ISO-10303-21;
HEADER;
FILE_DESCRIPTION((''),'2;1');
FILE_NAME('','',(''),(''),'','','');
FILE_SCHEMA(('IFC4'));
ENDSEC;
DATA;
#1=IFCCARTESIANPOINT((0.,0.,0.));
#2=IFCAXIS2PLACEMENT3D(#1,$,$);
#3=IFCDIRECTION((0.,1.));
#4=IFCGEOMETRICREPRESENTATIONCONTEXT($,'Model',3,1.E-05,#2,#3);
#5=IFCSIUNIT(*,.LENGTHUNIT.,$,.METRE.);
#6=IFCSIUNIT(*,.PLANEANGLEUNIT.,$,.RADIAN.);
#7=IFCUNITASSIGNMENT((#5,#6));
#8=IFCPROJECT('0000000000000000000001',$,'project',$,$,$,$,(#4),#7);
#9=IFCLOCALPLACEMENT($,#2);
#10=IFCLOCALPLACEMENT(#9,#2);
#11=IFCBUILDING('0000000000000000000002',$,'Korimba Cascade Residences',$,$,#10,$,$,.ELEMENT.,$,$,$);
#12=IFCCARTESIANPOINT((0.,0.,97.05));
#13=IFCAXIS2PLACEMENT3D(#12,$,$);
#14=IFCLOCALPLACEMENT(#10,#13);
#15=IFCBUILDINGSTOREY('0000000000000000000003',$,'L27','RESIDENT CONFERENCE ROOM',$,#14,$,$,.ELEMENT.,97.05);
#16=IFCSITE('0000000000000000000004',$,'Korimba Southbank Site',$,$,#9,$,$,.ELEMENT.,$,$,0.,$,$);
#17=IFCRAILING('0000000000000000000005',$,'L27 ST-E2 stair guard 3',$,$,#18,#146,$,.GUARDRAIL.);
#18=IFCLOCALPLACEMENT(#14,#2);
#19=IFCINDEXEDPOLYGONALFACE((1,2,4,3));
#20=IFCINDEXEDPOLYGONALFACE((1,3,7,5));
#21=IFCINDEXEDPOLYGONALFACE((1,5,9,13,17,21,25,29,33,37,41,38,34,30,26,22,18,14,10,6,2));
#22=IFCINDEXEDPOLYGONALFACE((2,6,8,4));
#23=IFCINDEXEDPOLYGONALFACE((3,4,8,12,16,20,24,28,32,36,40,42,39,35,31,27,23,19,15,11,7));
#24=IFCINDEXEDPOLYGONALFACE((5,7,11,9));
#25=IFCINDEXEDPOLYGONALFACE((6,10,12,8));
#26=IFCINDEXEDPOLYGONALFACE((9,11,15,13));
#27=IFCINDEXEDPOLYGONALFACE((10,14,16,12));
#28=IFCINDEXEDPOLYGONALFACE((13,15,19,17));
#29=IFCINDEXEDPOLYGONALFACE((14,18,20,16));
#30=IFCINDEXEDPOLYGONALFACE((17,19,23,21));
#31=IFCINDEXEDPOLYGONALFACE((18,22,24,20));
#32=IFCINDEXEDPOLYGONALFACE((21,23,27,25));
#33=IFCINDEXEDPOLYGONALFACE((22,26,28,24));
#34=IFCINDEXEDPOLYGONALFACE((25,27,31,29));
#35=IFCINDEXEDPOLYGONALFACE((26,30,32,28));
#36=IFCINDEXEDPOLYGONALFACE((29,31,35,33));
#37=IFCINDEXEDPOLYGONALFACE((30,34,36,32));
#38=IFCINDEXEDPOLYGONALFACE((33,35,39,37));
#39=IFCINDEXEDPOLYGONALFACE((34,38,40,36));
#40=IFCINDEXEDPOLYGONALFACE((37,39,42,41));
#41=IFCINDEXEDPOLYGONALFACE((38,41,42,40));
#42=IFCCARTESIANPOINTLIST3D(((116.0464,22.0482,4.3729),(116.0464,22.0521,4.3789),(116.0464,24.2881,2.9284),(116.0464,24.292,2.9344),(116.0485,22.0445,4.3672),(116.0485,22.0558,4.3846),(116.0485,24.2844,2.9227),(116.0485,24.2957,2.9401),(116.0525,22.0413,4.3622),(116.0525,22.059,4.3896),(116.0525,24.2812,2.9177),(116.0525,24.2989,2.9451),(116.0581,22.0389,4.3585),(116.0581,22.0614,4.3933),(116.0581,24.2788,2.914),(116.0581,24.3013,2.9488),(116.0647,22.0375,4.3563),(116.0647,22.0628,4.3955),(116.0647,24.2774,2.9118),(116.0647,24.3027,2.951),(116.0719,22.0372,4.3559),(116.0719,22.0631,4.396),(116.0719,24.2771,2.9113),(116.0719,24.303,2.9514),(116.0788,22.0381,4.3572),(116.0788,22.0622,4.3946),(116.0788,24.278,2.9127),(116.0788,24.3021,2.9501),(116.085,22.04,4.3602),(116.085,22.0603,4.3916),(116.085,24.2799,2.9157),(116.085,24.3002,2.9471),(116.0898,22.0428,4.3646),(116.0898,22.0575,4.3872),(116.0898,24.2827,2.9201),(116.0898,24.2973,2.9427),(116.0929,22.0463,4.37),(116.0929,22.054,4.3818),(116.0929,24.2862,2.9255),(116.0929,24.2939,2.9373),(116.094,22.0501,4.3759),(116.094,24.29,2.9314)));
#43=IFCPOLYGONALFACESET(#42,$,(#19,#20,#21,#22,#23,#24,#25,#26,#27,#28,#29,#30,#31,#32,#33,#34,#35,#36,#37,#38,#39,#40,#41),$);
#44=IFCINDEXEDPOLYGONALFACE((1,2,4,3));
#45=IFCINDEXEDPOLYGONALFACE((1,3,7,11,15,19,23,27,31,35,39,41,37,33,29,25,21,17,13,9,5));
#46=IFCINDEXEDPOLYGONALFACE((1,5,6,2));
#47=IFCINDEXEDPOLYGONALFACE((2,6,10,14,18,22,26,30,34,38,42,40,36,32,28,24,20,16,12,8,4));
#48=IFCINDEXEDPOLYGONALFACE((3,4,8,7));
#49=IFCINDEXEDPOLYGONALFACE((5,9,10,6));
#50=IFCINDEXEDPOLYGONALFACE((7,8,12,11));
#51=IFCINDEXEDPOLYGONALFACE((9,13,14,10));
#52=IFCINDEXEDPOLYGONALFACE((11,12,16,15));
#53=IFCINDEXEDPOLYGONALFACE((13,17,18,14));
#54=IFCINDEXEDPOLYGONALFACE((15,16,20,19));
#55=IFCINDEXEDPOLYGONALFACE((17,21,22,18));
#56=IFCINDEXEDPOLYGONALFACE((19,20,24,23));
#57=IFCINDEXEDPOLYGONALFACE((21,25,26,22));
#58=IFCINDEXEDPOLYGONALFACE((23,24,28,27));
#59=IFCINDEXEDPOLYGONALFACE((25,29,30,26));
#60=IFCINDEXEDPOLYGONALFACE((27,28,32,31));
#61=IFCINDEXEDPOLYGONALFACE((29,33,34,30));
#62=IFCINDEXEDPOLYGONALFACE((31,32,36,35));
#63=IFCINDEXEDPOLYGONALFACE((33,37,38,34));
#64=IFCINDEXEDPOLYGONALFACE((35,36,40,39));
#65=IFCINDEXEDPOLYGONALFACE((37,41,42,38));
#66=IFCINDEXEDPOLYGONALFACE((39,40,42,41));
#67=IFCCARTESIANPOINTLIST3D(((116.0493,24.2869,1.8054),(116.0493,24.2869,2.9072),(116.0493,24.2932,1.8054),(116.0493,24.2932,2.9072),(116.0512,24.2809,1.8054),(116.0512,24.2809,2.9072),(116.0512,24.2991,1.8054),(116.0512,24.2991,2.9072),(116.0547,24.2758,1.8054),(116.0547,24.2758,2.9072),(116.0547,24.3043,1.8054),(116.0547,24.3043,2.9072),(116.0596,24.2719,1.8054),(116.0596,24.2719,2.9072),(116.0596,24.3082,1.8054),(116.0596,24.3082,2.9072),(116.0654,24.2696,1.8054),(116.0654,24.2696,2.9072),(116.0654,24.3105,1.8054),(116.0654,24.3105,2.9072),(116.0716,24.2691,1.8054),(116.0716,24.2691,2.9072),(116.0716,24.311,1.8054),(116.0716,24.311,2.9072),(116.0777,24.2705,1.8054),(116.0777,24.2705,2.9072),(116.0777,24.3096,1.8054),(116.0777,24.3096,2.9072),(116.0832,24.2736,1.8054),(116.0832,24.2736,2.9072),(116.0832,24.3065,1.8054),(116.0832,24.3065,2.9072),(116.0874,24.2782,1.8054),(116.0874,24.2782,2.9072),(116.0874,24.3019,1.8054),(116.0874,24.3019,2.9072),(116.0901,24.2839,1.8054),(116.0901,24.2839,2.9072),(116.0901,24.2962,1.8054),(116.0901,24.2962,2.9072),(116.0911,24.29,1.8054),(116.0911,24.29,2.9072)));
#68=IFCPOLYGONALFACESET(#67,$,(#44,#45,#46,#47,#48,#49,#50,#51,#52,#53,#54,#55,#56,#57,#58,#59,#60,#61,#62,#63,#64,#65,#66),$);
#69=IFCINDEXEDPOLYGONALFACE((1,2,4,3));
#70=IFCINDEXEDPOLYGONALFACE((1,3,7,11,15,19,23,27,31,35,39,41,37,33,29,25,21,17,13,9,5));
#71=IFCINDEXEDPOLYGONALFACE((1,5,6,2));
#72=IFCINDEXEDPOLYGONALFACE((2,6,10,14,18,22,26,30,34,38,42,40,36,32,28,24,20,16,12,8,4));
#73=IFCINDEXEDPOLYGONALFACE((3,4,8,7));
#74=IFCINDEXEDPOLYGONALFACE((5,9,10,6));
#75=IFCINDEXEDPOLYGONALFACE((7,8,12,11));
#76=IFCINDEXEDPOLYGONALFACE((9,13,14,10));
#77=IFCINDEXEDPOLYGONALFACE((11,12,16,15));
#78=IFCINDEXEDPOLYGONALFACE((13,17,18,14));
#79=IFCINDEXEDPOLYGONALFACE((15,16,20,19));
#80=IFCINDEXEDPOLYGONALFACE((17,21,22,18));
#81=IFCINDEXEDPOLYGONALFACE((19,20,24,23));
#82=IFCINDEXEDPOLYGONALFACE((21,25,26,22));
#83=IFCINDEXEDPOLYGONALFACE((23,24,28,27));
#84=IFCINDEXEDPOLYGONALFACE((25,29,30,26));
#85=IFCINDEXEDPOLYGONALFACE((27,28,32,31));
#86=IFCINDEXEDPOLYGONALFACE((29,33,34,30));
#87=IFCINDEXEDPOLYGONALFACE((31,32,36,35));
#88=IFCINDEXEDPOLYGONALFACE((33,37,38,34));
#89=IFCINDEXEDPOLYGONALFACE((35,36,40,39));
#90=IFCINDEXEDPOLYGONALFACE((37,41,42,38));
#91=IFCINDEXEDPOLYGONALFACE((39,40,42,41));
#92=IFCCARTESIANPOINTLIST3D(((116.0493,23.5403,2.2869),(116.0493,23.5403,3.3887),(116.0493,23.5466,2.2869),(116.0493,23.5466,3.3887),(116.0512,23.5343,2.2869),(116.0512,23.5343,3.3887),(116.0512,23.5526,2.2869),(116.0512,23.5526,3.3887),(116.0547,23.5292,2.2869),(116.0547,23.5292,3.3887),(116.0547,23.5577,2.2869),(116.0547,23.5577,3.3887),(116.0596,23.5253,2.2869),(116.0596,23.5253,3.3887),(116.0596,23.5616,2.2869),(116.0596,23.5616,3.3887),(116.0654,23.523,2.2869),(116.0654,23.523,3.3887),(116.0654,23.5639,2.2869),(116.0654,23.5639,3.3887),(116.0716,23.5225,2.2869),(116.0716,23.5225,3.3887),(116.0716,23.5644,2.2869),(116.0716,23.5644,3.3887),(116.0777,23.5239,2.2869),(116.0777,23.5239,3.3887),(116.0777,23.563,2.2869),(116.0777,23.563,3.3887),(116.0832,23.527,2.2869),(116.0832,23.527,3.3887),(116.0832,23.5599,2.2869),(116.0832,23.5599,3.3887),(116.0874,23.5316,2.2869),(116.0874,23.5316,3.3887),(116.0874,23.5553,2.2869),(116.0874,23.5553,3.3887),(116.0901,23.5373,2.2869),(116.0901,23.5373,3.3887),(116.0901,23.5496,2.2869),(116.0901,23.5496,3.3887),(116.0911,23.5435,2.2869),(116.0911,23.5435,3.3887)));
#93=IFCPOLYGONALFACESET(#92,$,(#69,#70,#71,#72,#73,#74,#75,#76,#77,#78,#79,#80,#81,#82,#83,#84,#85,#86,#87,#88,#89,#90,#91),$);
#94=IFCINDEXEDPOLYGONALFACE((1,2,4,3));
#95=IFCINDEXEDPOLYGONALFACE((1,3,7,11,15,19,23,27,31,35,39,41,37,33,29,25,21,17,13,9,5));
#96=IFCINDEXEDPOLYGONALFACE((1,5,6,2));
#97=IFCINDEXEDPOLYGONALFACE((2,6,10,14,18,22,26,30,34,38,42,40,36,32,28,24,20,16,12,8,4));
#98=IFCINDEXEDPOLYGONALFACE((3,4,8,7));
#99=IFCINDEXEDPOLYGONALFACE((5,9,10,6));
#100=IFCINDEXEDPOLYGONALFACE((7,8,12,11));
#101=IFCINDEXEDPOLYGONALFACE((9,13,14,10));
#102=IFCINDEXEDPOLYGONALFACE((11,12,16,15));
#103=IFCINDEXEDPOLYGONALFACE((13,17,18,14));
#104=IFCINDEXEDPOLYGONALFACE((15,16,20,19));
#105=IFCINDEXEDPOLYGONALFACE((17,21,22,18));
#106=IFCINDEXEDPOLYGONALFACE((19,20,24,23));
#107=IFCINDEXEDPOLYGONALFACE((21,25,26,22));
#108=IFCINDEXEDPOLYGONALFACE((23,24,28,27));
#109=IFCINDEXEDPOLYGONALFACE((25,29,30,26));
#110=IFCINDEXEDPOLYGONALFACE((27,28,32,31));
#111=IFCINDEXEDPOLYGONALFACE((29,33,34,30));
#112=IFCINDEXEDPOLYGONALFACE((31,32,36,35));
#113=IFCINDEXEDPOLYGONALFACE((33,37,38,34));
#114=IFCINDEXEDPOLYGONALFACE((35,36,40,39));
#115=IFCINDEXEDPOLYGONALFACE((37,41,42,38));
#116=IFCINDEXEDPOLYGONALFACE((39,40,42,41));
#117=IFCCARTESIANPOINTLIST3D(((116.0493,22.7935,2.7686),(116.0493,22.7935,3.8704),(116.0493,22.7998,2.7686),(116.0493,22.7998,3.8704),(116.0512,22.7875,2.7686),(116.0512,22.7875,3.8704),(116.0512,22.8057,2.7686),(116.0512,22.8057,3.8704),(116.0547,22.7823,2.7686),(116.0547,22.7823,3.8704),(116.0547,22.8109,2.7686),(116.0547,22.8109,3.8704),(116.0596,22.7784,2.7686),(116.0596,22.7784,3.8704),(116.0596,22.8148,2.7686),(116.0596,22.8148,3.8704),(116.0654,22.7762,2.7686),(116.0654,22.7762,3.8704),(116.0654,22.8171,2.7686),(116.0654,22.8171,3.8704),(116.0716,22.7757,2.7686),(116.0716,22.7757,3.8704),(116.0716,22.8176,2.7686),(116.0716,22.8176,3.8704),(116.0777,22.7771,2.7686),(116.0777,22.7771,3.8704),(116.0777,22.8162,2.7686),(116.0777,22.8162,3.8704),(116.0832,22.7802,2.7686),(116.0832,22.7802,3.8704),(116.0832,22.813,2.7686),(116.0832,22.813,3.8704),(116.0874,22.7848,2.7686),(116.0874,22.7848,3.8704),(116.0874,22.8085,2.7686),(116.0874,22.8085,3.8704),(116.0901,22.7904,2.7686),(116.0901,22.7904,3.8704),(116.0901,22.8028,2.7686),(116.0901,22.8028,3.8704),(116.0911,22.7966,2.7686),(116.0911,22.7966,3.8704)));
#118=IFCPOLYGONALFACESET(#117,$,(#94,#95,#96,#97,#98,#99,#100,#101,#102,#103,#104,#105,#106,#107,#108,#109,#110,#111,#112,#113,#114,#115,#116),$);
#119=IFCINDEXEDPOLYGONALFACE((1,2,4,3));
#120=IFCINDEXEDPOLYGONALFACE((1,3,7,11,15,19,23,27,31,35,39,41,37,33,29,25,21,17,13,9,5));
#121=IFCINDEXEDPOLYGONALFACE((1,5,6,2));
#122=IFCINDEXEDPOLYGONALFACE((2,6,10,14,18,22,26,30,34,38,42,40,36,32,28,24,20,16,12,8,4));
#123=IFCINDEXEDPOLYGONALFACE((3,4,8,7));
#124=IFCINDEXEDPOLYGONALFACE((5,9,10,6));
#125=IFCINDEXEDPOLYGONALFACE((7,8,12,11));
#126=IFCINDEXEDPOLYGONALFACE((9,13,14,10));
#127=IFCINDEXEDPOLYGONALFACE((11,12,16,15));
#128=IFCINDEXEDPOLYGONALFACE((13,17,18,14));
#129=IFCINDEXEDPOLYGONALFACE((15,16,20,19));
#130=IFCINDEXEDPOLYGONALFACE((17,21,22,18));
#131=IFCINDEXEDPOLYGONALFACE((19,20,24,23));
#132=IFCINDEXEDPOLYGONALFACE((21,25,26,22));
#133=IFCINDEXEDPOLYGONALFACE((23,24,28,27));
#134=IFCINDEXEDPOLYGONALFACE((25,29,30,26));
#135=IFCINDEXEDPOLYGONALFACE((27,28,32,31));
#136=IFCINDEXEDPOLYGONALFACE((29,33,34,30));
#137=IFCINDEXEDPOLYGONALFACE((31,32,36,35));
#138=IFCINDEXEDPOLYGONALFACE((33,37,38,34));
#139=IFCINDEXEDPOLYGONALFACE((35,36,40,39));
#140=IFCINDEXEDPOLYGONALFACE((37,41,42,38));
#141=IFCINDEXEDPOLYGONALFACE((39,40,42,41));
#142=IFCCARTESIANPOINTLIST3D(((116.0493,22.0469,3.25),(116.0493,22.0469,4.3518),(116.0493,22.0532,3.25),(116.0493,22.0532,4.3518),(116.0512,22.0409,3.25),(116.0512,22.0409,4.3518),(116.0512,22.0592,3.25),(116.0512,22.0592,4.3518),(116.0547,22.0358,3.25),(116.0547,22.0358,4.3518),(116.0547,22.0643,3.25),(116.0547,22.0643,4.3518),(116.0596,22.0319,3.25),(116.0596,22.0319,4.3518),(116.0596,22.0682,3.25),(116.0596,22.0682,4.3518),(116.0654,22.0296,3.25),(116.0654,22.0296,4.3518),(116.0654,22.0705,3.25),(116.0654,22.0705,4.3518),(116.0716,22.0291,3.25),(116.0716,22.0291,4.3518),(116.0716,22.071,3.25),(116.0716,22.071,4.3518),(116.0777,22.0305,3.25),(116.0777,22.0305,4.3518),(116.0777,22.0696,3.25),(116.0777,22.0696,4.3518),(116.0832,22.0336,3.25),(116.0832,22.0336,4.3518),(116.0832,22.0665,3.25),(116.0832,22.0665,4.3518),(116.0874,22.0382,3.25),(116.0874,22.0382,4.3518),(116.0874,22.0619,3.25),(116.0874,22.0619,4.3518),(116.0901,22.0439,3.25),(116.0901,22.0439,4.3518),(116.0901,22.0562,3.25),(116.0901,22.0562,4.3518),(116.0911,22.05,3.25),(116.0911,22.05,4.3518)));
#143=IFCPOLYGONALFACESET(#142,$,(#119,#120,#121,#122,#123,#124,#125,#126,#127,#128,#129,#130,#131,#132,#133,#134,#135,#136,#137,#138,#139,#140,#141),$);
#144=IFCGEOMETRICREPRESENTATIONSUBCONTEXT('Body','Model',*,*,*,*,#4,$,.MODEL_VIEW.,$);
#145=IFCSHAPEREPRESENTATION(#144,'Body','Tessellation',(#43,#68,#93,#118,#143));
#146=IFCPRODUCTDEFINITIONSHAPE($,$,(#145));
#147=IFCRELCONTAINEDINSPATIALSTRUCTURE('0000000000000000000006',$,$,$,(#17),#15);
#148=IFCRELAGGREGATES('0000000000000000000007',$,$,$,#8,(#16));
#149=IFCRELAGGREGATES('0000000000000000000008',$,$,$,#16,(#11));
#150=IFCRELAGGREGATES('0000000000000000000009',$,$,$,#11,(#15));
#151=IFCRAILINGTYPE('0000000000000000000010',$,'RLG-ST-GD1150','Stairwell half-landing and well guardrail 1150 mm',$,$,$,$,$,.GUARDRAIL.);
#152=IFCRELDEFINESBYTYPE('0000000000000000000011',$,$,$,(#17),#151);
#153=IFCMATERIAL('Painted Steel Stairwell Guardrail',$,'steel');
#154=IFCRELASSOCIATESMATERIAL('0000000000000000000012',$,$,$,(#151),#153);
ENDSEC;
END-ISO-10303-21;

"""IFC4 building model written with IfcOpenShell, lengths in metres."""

from ifc_helpers import new_model, si_unit, direction, frame, origin, origin_2d, place, context, subcontext, project, spatial, circle, extrude, material, type_object, element, save


model = new_model("IFC4")

# Units and contexts
model_context = context("Model", 3, precision=1e-05, world=origin(), true_north=direction((0.0, 1.0)))
body_context = subcontext(model_context, "Body", "Model", "MODEL_VIEW")
ifc_project = project(units=[si_unit("LENGTHUNIT", "METRE"), si_unit("PLANEANGLEUNIT", "RADIAN")], contexts=[model_context])

# Site, building, storey
site_placement = place(None, origin())
site = spatial("IfcSite", under=ifc_project, at=site_placement, Name="Korimba Southbank Site", CompositionType="ELEMENT", RefElevation=0.0)
building_placement = place(site_placement, origin())
building = spatial("IfcBuilding", under=site, at=building_placement, Name="Korimba Cascade Residences", CompositionType="ELEMENT")
storey_placement = place(building_placement, frame((0.0, 0.0, 97.05)))
storey = spatial("IfcBuildingStorey", under=building, at=storey_placement, Name="L27", Description="RESIDENT CONFERENCE ROOM", CompositionType="ELEMENT", Elevation=97.05)

# Railing
ifc_material_1 = material(Name="Painted Steel Stairwell Guardrail", Category="steel")
railing_type_1 = type_object("IfcRailingType", Name="RLG-ST-GD1150", Description="Stairwell half-landing and well guardrail 1150 mm", PredefinedType="GUARDRAIL", material=ifc_material_1)
railing_1_placement = place(storey_placement, frame((116.0701, 24.29, 1.8054)))
element("IfcRailing", 1, at=railing_1_placement, inside=storey, type_object=railing_type_1, Name="L27 ST-E2 stair guard 3", PredefinedType="GUARDRAIL", context=body_context, shape_type="SweptSolid", body=[
    extrude(circle(Radius=0.0239, at=origin_2d()), frame((0.0, 0.0, 1.126), z_axis=(0.0, -0.840395, 0.541975), x_axis=(1.0, 0.0, 0.0)), (0.0, 0.0, 1.0), 2.6653),
    extrude(circle(Radius=0.021, at=origin_2d()), origin(), (0.0, 0.0, 1.0), 1.1018),
    extrude(circle(Radius=0.021, at=origin_2d()), frame((0.0, -0.7466, 0.4814)), (0.0, 0.0, 1.0), 1.1018),
    extrude(circle(Radius=0.021, at=origin_2d()), frame((0.0, -1.4934, 0.9631)), (0.0, 0.0, 1.0), 1.1018),
    extrude(circle(Radius=0.021, at=origin_2d()), frame((0.0, -2.24, 1.4446)), (0.0, 0.0, 1.0), 1.1018),
])

save(model, "model.ifc")
